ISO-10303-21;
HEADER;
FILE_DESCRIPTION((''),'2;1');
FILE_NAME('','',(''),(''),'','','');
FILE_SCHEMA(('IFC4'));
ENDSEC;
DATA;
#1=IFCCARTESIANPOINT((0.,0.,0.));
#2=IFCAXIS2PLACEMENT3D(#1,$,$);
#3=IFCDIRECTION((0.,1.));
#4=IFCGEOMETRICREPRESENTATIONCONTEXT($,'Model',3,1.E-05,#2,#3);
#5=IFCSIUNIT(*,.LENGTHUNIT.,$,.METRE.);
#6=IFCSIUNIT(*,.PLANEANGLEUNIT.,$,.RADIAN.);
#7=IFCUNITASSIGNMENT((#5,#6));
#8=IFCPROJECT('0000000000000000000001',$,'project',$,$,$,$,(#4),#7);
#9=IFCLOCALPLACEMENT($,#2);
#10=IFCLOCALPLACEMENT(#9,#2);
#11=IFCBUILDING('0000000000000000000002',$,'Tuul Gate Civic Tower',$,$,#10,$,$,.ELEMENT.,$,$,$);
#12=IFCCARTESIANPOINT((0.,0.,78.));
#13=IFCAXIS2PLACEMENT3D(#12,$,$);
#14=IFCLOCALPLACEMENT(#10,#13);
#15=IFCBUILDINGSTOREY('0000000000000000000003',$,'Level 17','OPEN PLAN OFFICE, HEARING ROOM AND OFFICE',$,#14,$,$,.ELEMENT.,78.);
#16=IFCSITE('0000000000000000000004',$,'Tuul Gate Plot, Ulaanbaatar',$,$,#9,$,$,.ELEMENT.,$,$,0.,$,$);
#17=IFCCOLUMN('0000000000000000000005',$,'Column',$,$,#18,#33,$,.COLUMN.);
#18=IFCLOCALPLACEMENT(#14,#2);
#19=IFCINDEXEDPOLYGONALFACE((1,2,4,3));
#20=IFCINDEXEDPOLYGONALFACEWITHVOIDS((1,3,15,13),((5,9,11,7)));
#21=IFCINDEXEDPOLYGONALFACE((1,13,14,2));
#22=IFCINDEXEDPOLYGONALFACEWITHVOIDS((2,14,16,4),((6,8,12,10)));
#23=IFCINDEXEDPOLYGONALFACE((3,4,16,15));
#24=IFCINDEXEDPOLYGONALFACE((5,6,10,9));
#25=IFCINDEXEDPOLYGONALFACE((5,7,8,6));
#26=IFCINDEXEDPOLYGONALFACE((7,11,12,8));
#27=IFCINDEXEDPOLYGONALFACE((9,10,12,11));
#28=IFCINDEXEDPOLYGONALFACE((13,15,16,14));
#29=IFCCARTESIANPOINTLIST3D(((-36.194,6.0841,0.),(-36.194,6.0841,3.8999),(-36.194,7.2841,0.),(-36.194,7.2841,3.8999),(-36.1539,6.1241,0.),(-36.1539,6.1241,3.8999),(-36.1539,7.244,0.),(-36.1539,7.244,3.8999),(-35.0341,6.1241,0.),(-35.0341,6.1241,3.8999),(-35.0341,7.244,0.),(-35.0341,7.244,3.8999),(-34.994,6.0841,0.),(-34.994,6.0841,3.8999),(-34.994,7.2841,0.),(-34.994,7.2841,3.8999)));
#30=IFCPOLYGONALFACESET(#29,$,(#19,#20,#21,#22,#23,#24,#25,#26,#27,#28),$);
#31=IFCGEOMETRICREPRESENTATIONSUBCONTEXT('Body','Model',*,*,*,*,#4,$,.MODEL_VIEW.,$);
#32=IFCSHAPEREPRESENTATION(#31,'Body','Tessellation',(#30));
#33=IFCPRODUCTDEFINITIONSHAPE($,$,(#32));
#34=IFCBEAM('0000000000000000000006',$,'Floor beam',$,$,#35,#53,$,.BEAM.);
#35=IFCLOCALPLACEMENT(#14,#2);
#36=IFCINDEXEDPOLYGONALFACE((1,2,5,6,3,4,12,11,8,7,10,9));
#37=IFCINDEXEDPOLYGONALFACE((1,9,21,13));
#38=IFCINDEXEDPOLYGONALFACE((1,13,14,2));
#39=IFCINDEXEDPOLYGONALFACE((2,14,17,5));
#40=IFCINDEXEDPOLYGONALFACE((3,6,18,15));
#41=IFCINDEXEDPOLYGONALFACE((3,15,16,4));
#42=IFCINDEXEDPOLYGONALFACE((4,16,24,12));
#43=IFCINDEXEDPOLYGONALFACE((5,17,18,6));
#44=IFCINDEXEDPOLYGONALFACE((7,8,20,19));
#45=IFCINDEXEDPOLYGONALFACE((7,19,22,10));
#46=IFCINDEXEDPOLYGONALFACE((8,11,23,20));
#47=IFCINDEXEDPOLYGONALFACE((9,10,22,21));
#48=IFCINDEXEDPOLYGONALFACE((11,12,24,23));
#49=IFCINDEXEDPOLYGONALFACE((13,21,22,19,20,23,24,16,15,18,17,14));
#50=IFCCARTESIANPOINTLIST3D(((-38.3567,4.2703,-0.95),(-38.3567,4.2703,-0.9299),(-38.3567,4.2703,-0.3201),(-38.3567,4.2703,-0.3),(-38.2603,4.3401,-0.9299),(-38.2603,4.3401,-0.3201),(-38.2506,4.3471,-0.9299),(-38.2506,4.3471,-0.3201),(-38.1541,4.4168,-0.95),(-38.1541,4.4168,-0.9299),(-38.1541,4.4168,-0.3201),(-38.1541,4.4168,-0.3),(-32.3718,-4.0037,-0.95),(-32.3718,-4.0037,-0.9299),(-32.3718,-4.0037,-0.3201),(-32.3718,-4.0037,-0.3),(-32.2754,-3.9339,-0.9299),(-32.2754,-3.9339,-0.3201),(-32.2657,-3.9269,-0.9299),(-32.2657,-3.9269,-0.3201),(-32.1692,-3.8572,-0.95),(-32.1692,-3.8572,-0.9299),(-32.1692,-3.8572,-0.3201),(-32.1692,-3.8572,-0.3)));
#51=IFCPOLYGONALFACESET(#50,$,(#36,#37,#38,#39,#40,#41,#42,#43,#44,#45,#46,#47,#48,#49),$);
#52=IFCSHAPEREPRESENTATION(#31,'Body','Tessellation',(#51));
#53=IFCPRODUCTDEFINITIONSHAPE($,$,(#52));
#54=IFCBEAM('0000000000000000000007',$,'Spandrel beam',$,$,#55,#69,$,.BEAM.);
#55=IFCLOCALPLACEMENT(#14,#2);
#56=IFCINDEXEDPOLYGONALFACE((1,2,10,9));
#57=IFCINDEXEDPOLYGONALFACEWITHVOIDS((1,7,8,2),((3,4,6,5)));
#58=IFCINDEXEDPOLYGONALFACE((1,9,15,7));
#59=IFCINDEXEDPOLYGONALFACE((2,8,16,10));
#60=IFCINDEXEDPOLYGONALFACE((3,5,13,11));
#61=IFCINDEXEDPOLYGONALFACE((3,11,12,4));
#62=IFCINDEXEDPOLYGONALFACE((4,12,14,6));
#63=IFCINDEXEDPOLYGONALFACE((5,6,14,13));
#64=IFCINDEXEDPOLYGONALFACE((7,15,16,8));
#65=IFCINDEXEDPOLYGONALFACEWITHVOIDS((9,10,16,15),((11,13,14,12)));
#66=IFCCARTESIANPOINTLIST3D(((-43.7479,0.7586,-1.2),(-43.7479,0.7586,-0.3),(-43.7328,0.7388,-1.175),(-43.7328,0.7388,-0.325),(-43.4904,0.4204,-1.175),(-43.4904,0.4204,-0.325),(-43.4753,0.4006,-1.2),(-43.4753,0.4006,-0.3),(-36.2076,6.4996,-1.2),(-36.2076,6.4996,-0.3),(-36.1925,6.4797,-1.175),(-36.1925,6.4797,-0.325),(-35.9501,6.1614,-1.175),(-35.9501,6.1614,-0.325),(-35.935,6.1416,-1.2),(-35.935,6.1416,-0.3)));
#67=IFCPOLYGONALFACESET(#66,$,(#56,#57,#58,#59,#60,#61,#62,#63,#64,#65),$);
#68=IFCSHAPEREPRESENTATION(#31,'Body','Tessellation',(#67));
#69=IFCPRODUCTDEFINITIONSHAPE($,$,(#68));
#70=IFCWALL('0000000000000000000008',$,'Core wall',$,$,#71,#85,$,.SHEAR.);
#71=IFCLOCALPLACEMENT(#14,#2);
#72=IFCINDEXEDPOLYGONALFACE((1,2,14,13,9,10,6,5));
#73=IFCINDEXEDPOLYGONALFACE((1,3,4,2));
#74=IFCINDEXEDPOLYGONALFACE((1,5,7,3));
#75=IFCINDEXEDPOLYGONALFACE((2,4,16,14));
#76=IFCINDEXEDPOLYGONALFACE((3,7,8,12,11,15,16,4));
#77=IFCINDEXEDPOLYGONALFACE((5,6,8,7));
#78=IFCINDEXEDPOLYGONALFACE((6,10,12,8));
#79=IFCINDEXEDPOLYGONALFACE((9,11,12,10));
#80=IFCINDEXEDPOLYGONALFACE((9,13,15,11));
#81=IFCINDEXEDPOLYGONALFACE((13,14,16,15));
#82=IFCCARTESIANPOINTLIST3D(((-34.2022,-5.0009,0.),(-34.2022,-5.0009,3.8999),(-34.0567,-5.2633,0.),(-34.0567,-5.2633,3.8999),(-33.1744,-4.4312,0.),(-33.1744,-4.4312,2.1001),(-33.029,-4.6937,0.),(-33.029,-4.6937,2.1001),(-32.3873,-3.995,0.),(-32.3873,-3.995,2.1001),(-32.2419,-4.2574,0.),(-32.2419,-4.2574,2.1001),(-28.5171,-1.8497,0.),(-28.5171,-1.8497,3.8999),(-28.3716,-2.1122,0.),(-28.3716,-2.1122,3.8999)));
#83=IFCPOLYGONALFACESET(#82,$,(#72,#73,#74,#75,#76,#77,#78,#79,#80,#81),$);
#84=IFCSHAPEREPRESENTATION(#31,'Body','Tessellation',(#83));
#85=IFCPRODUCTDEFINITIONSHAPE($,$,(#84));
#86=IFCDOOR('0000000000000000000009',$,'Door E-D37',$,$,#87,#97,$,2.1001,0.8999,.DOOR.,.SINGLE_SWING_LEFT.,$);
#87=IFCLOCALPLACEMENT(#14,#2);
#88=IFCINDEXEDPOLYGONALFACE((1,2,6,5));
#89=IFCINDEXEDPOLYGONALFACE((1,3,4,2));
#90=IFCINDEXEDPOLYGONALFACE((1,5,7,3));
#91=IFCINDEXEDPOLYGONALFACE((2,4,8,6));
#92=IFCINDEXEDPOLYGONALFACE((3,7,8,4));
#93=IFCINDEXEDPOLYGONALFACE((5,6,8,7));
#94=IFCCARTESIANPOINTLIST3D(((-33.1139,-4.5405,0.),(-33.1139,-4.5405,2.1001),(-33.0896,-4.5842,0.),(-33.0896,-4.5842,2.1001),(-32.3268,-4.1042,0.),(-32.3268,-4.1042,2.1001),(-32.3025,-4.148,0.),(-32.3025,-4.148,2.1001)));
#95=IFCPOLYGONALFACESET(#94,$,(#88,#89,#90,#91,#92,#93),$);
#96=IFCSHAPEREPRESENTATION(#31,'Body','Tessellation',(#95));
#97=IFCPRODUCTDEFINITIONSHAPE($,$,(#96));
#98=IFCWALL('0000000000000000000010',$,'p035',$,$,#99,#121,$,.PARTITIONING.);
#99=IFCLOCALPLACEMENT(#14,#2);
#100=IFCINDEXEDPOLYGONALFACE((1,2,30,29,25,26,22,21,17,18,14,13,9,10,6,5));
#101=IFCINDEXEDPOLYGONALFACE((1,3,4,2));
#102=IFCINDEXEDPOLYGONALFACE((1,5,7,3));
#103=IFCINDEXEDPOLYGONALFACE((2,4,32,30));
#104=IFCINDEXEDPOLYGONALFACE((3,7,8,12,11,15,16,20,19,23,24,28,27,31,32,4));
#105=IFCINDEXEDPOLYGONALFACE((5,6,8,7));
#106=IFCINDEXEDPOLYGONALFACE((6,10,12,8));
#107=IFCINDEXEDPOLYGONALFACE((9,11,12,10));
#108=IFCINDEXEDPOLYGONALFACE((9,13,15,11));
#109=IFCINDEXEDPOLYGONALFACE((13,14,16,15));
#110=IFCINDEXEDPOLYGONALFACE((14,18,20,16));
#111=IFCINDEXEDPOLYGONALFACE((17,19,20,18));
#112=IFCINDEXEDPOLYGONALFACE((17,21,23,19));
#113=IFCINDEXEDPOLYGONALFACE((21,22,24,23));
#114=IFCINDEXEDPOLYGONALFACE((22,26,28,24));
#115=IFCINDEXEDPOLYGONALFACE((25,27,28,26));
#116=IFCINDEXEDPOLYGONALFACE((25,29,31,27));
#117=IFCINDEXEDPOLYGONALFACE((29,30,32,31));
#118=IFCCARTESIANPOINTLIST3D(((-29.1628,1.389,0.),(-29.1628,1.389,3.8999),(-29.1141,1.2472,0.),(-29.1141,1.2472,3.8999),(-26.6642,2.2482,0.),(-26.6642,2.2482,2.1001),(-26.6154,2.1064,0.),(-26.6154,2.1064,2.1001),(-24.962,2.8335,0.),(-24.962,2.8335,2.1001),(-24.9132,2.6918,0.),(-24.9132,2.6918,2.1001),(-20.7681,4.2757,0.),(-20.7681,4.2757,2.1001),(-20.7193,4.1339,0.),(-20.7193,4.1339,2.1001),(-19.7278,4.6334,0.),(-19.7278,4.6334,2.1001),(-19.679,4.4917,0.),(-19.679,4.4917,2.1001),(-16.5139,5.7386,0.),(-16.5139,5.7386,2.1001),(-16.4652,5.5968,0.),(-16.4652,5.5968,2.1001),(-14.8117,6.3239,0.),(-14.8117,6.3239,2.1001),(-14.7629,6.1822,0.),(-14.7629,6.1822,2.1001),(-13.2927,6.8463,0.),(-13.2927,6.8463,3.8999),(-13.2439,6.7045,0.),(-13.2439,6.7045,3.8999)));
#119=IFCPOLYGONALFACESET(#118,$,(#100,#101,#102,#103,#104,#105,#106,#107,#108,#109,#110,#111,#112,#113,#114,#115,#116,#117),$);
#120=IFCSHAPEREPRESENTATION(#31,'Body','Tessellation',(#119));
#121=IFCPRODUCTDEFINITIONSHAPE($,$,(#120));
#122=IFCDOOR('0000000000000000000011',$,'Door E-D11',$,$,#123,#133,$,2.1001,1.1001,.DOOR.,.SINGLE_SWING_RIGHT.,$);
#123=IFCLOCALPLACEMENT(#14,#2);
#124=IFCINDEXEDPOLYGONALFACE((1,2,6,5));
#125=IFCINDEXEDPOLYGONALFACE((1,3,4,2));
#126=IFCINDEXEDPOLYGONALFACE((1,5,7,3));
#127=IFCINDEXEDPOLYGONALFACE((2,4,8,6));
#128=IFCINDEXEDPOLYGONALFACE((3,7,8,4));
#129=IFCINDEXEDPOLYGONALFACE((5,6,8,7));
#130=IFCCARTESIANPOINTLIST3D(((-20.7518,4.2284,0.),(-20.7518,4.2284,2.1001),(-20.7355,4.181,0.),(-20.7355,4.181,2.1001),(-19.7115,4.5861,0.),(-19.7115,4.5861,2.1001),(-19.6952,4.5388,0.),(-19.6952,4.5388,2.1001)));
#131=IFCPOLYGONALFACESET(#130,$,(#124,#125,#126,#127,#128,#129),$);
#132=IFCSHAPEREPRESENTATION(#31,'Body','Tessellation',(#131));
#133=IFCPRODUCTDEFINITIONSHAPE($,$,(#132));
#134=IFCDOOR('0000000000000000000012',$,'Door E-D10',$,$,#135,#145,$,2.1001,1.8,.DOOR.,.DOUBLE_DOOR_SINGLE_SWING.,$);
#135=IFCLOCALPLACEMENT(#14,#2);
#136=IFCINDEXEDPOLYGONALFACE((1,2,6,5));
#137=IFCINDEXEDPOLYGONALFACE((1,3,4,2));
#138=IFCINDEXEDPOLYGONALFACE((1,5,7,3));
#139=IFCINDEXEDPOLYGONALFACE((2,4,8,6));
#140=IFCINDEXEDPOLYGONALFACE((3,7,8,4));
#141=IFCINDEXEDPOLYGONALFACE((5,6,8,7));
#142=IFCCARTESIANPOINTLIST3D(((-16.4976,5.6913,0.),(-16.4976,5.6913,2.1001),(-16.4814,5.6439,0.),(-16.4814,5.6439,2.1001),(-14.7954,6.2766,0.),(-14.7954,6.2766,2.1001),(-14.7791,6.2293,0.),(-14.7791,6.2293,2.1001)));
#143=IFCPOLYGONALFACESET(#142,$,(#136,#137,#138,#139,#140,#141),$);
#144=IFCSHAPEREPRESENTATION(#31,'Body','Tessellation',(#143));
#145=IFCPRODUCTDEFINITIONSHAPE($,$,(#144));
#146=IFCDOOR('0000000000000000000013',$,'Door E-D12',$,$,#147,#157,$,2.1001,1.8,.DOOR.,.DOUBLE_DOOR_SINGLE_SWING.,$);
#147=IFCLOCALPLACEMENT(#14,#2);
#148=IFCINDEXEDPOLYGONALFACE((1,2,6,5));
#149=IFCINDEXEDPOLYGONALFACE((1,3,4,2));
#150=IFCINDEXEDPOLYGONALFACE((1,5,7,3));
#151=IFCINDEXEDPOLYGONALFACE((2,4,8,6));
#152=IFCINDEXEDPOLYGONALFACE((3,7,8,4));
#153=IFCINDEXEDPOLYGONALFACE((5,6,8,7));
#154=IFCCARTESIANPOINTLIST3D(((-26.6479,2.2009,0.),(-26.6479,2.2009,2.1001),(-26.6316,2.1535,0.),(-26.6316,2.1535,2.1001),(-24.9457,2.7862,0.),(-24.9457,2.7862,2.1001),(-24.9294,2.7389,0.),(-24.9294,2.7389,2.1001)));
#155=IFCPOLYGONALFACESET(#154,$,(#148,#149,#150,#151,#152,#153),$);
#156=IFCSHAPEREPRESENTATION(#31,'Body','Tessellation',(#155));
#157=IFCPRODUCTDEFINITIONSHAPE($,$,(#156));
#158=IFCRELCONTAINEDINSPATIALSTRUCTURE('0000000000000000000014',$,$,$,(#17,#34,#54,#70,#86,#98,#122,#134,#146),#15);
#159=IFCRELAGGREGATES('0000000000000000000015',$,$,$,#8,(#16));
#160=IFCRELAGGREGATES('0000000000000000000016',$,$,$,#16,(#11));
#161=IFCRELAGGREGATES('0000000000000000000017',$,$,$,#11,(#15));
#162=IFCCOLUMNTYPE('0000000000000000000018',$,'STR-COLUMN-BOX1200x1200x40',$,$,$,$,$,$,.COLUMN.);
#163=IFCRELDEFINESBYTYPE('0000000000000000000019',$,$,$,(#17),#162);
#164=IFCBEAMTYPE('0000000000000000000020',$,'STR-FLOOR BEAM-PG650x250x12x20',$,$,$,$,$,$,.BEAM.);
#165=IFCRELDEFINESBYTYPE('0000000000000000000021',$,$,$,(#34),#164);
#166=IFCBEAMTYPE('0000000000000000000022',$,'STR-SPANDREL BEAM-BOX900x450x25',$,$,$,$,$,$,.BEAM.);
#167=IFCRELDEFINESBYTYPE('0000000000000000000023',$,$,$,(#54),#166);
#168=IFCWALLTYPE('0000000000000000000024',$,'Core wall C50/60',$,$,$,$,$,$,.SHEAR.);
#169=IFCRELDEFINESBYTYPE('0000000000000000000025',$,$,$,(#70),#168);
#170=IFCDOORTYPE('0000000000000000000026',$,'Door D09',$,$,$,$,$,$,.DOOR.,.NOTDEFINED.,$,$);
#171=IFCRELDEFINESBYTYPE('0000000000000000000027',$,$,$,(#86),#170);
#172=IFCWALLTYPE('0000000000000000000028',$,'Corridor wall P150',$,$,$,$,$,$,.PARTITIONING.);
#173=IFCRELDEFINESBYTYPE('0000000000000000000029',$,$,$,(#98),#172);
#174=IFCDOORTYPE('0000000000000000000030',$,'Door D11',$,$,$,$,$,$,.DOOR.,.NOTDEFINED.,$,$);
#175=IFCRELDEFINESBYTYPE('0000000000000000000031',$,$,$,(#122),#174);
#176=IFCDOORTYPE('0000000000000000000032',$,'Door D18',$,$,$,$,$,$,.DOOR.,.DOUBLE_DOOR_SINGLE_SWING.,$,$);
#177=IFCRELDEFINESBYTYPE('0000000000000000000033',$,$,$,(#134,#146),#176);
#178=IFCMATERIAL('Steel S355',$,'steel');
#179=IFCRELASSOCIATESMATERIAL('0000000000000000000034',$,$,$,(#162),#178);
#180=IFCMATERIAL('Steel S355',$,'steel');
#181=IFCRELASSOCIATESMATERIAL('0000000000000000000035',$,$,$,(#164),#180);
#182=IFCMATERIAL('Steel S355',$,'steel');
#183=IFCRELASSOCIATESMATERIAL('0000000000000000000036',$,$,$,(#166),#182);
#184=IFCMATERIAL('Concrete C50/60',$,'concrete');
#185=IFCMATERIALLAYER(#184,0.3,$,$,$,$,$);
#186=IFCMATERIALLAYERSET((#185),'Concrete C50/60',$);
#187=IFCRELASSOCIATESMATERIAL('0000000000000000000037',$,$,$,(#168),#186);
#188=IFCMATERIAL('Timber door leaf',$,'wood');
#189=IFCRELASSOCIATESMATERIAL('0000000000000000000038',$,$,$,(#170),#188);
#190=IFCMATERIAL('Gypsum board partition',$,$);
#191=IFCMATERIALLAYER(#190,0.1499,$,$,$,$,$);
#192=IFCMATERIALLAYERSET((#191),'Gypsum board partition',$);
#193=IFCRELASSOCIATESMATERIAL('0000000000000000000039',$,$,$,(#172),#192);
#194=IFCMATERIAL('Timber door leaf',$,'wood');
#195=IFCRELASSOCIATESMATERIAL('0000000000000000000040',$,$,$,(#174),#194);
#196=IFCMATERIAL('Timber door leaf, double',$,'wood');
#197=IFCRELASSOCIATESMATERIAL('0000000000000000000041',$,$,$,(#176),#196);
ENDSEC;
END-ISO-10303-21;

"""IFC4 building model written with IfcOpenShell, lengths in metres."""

from ifc_helpers import new_model, si_unit, direction, frame, frame_2d, origin, origin_2d, place, context, subcontext, project, spatial, rectangle, hollow_rectangle, i_section, extrude, material, layer, layer_set, material_profile, profile_set, type_object, element, fill, save


model = new_model("IFC4")

# Units and contexts
model_context = context("Model", 3, precision=1e-05, world=origin(), true_north=direction((0.0, 1.0)))
body_context = subcontext(model_context, "Body", "Model", "MODEL_VIEW")
ifc_project = project(units=[si_unit("LENGTHUNIT", "METRE"), si_unit("PLANEANGLEUNIT", "RADIAN")], contexts=[model_context])

# Site, building, storey
site_placement = place(None, origin())
site = spatial("IfcSite", under=ifc_project, at=site_placement, Name="Tuul Gate Plot, Ulaanbaatar", CompositionType="ELEMENT", RefElevation=0.0)
building_placement = place(site_placement, origin())
building = spatial("IfcBuilding", under=site, at=building_placement, Name="Tuul Gate Civic Tower", CompositionType="ELEMENT")
storey_placement = place(building_placement, frame((0.0, 0.0, 78.0)))
storey = spatial("IfcBuildingStorey", under=building, at=storey_placement, Name="Level 17", Description="OPEN PLAN OFFICE, HEARING ROOM AND OFFICE", CompositionType="ELEMENT", Elevation=78.0)

# Column
ifc_material_1 = material(Name="Steel S355", Category="steel")
ifc_material_profile_1 = material_profile(ifc_material_1, hollow_rectangle(XDim=1.2, YDim=1.2, WallThickness=0.04, at=origin_2d()), Name="BOX1200x1200x40")
ifc_profile_set_1 = profile_set([ifc_material_profile_1], Name="Steel S355")
column_type = type_object("IfcColumnType", Name="STR-COLUMN-BOX1200x1200x40", PredefinedType="COLUMN", material=ifc_profile_set_1)
column_placement = place(storey_placement, frame((-35.594, 6.6841, 0.0), z_axis=(0.0, 0.0, 1.0), x_axis=(1.0, 0.0, 0.0)))
element("IfcColumn", 1, at=column_placement, inside=storey, type_object=column_type, Name="Column", PredefinedType="COLUMN", context=body_context, shape_type="SweptSolid", body=[
    extrude(hollow_rectangle(XDim=1.2, YDim=1.2, WallThickness=0.04, at=origin_2d()), origin(), (0.0, 0.0, 1.0), 3.8999),
])

# Beams
ifc_material_2 = material(Name="Steel S355", Category="steel")
ifc_material_profile_2 = material_profile(ifc_material_2, i_section(OverallWidth=0.25, OverallDepth=0.6499, WebThickness=0.012, FlangeThickness=0.02, at=origin_2d()), Name="PG650x250x12x20")
ifc_profile_set_2 = profile_set([ifc_material_profile_2], Name="Steel S355")
beam_type_1 = type_object("IfcBeamType", Name="STR-FLOOR BEAM-PG650x250x12x20", PredefinedType="BEAM", material=ifc_profile_set_2)
beam_1_placement = place(storey_placement, frame((-32.2705, -3.9304, -0.625), z_axis=(-0.586086, 0.810249, 0.0), x_axis=(-0.810249, -0.586086, 0.0)))
element("IfcBeam", 2, at=beam_1_placement, inside=storey, type_object=beam_type_1, Name="Floor beam", PredefinedType="BEAM", context=body_context, shape_type="SweptSolid", body=[
    extrude(i_section(OverallWidth=0.25, OverallDepth=0.6499, WebThickness=0.012, FlangeThickness=0.02, at=origin_2d()), origin(), (0.0, 0.0, 1.0), 10.2117),
])
ifc_material_3 = material(Name="Steel S355", Category="steel")
ifc_material_profile_3 = material_profile(ifc_material_3, hollow_rectangle(XDim=0.45, YDim=0.8999, WallThickness=0.0249, at=origin_2d()), Name="BOX900x450x25")
ifc_profile_set_3 = profile_set([ifc_material_profile_3], Name="Steel S355")
beam_type_2 = type_object("IfcBeamType", Name="STR-SPANDREL BEAM-BOX900x450x25", PredefinedType="BEAM", material=ifc_profile_set_3)
beam_2_placement = place(storey_placement, frame((-36.0713, 6.3206, -0.75), z_axis=(-0.795636, -0.605775, 0.0), x_axis=(0.605775, -0.795636, 0.0)))
element("IfcBeam", 3, at=beam_2_placement, inside=storey, type_object=beam_type_2, Name="Spandrel beam", PredefinedType="BEAM", context=body_context, shape_type="SweptSolid", body=[
    extrude(hollow_rectangle(XDim=0.45, YDim=0.8999, WallThickness=0.0249, at=origin_2d()), origin(), (0.0, 0.0, 1.0), 9.4771),
])

# Wall, opening, door
ifc_material_4 = material(Name="Concrete C50/60", Category="concrete")
ifc_layer_1 = layer(ifc_material_4, 0.3)
ifc_layer_set_1 = layer_set([ifc_layer_1], Name="Concrete C50/60")
wall_type_1 = type_object("IfcWallType", Name="Core wall C50/60", PredefinedType="SHEAR", material=ifc_layer_set_1)
wall_1_placement = place(storey_placement, frame((-28.4443, -1.981, 0.0), z_axis=(0.0, 0.0, 1.0), x_axis=(-0.87463, -0.484791, 0.0)))
wall_1 = element("IfcWall", 4, at=wall_1_placement, inside=storey, type_object=wall_type_1, Name="Core wall", PredefinedType="SHEAR", context=body_context, shape_type="SweptSolid", body=[
    extrude(rectangle(XDim=6.5, YDim=0.3, at=frame_2d((3.25, 0.0))), origin(), (0.0, 0.0, 1.0), 3.8999),
])
opening_1_placement = place(wall_1_placement, frame((4.425, 0.0, 0.0)))
opening_1 = element("IfcOpeningElement", 5, at=opening_1_placement, cuts=wall_1, PredefinedType="OPENING", context=body_context, shape_type="SweptSolid", body=[
    extrude(rectangle(XDim=0.8999, YDim=2.1001, at=frame_2d((0.45, 1.05))), frame((0.0, 0.1602, 0.0), z_axis=(0.0, -1.0, 0.0), x_axis=(1.0, 0.0, 0.0)), (0.0, 0.0, 1.0), 0.3201),
])
ifc_material_5 = material(Name="Timber door leaf", Category="wood")
door_type_1 = type_object("IfcDoorType", Name="Door D09", OperationType="NOTDEFINED", PredefinedType="DOOR", material=ifc_material_5)
door_1_placement = place(opening_1_placement, origin())
door_1 = element("IfcDoor", 6, at=door_1_placement, inside=storey, type_object=door_type_1, Name="Door E-D37", OperationType="SINGLE_SWING_LEFT", OverallHeight=2.1001, OverallWidth=0.8999, PredefinedType="DOOR", context=body_context, shape_type="SweptSolid", body=[
    extrude(rectangle(XDim=0.8999, YDim=2.1001, at=frame_2d((0.45, 1.05))), frame((0.0, 0.0249, 0.0), z_axis=(0.0, -1.0, 0.0), x_axis=(1.0, 0.0, 0.0)), (0.0, 0.0, 1.0), 0.05),
])
fill(opening_1, door_1)

# Wall, openings, doors
ifc_material_6 = material(Name="Gypsum board partition")
ifc_layer_2 = layer(ifc_material_6, 0.1499)
ifc_layer_set_2 = layer_set([ifc_layer_2], Name="Gypsum board partition")
wall_type_2 = type_object("IfcWallType", Name="Corridor wall P150", PredefinedType="PARTITIONING", material=ifc_layer_set_2)
wall_2_placement = place(storey_placement, frame((-29.1384, 1.3181, 0.0), z_axis=(0.0, 0.0, 1.0), x_axis=(0.945651, 0.325182, 0.0)))
wall_2 = element("IfcWall", 7, at=wall_2_placement, inside=storey, type_object=wall_type_2, Name="p035", PredefinedType="PARTITIONING", context=body_context, shape_type="SweptSolid", body=[
    extrude(rectangle(XDim=16.7822, YDim=0.1499, at=frame_2d((8.3911, 0.0))), origin(), (0.0, 0.0, 1.0), 3.8999),
])
opening_2_placement = place(wall_2_placement, frame((13.376, 0.0, 0.0)))
opening_2 = element("IfcOpeningElement", 8, at=opening_2_placement, cuts=wall_2, PredefinedType="OPENING", context=body_context, shape_type="SweptSolid", body=[
    extrude(rectangle(XDim=1.8, YDim=2.1001, at=frame_2d((0.8999, 1.05))), frame((0.0, 0.085, 0.0), z_axis=(0.0, -1.0, 0.0), x_axis=(1.0, 0.0, 0.0)), (0.0, 0.0, 1.0), 0.1699),
])
opening_3_placement = place(wall_2_placement, frame((8.8772, 0.0, 0.0)))
opening_3 = element("IfcOpeningElement", 9, at=opening_3_placement, cuts=wall_2, PredefinedType="OPENING", context=body_context, shape_type="SweptSolid", body=[
    extrude(rectangle(XDim=1.1001, YDim=2.1001, at=frame_2d((0.55, 1.05))), frame((0.0, 0.085, 0.0), z_axis=(0.0, -1.0, 0.0), x_axis=(1.0, 0.0, 0.0)), (0.0, 0.0, 1.0), 0.1699),
])
opening_4_placement = place(wall_2_placement, frame((2.6423, 0.0, 0.0)))
opening_4 = element("IfcOpeningElement", 10, at=opening_4_placement, cuts=wall_2, PredefinedType="OPENING", context=body_context, shape_type="SweptSolid", body=[
    extrude(rectangle(XDim=1.8, YDim=2.1001, at=frame_2d((0.8999, 1.05))), frame((0.0, 0.085, 0.0), z_axis=(0.0, -1.0, 0.0), x_axis=(1.0, 0.0, 0.0)), (0.0, 0.0, 1.0), 0.1699),
])
ifc_material_7 = material(Name="Timber door leaf", Category="wood")
door_type_2 = type_object("IfcDoorType", Name="Door D11", OperationType="NOTDEFINED", PredefinedType="DOOR", material=ifc_material_7)
door_2_placement = place(opening_3_placement, origin())
door_2 = element("IfcDoor", 11, at=door_2_placement, inside=storey, type_object=door_type_2, Name="Door E-D11", OperationType="SINGLE_SWING_RIGHT", OverallHeight=2.1001, OverallWidth=1.1001, PredefinedType="DOOR", context=body_context, shape_type="SweptSolid", body=[
    extrude(rectangle(XDim=1.1001, YDim=2.1001, at=frame_2d((0.55, 1.05))), frame((0.0, 0.0249, 0.0), z_axis=(0.0, -1.0, 0.0), x_axis=(1.0, 0.0, 0.0)), (0.0, 0.0, 1.0), 0.05),
])
fill(opening_3, door_2)
ifc_material_8 = material(Name="Timber door leaf, double", Category="wood")
door_type_3 = type_object("IfcDoorType", Name="Door D18", OperationType="DOUBLE_DOOR_SINGLE_SWING", PredefinedType="DOOR", material=ifc_material_8)
door_3_placement = place(opening_2_placement, origin())
door_3 = element("IfcDoor", 12, at=door_3_placement, inside=storey, type_object=door_type_3, Name="Door E-D10", OperationType="DOUBLE_DOOR_SINGLE_SWING", OverallHeight=2.1001, OverallWidth=1.8, PredefinedType="DOOR", context=body_context, shape_type="SweptSolid", body=[
    extrude(rectangle(XDim=1.8, YDim=2.1001, at=frame_2d((0.8999, 1.05))), frame((0.0, 0.0249, 0.0), z_axis=(0.0, -1.0, 0.0), x_axis=(1.0, 0.0, 0.0)), (0.0, 0.0, 1.0), 0.05),
])
fill(opening_2, door_3)
door_4_placement = place(opening_4_placement, origin())
door_4 = element("IfcDoor", 13, at=door_4_placement, inside=storey, type_object=door_type_3, Name="Door E-D12", OperationType="DOUBLE_DOOR_SINGLE_SWING", OverallHeight=2.1001, OverallWidth=1.8, PredefinedType="DOOR", context=body_context, shape_type="SweptSolid", body=[
    extrude(rectangle(XDim=1.8, YDim=2.1001, at=frame_2d((0.8999, 1.05))), frame((0.0, 0.0249, 0.0), z_axis=(0.0, -1.0, 0.0), x_axis=(1.0, 0.0, 0.0)), (0.0, 0.0, 1.0), 0.05),
])
fill(opening_4, door_4)

save(model, "model.ifc")
